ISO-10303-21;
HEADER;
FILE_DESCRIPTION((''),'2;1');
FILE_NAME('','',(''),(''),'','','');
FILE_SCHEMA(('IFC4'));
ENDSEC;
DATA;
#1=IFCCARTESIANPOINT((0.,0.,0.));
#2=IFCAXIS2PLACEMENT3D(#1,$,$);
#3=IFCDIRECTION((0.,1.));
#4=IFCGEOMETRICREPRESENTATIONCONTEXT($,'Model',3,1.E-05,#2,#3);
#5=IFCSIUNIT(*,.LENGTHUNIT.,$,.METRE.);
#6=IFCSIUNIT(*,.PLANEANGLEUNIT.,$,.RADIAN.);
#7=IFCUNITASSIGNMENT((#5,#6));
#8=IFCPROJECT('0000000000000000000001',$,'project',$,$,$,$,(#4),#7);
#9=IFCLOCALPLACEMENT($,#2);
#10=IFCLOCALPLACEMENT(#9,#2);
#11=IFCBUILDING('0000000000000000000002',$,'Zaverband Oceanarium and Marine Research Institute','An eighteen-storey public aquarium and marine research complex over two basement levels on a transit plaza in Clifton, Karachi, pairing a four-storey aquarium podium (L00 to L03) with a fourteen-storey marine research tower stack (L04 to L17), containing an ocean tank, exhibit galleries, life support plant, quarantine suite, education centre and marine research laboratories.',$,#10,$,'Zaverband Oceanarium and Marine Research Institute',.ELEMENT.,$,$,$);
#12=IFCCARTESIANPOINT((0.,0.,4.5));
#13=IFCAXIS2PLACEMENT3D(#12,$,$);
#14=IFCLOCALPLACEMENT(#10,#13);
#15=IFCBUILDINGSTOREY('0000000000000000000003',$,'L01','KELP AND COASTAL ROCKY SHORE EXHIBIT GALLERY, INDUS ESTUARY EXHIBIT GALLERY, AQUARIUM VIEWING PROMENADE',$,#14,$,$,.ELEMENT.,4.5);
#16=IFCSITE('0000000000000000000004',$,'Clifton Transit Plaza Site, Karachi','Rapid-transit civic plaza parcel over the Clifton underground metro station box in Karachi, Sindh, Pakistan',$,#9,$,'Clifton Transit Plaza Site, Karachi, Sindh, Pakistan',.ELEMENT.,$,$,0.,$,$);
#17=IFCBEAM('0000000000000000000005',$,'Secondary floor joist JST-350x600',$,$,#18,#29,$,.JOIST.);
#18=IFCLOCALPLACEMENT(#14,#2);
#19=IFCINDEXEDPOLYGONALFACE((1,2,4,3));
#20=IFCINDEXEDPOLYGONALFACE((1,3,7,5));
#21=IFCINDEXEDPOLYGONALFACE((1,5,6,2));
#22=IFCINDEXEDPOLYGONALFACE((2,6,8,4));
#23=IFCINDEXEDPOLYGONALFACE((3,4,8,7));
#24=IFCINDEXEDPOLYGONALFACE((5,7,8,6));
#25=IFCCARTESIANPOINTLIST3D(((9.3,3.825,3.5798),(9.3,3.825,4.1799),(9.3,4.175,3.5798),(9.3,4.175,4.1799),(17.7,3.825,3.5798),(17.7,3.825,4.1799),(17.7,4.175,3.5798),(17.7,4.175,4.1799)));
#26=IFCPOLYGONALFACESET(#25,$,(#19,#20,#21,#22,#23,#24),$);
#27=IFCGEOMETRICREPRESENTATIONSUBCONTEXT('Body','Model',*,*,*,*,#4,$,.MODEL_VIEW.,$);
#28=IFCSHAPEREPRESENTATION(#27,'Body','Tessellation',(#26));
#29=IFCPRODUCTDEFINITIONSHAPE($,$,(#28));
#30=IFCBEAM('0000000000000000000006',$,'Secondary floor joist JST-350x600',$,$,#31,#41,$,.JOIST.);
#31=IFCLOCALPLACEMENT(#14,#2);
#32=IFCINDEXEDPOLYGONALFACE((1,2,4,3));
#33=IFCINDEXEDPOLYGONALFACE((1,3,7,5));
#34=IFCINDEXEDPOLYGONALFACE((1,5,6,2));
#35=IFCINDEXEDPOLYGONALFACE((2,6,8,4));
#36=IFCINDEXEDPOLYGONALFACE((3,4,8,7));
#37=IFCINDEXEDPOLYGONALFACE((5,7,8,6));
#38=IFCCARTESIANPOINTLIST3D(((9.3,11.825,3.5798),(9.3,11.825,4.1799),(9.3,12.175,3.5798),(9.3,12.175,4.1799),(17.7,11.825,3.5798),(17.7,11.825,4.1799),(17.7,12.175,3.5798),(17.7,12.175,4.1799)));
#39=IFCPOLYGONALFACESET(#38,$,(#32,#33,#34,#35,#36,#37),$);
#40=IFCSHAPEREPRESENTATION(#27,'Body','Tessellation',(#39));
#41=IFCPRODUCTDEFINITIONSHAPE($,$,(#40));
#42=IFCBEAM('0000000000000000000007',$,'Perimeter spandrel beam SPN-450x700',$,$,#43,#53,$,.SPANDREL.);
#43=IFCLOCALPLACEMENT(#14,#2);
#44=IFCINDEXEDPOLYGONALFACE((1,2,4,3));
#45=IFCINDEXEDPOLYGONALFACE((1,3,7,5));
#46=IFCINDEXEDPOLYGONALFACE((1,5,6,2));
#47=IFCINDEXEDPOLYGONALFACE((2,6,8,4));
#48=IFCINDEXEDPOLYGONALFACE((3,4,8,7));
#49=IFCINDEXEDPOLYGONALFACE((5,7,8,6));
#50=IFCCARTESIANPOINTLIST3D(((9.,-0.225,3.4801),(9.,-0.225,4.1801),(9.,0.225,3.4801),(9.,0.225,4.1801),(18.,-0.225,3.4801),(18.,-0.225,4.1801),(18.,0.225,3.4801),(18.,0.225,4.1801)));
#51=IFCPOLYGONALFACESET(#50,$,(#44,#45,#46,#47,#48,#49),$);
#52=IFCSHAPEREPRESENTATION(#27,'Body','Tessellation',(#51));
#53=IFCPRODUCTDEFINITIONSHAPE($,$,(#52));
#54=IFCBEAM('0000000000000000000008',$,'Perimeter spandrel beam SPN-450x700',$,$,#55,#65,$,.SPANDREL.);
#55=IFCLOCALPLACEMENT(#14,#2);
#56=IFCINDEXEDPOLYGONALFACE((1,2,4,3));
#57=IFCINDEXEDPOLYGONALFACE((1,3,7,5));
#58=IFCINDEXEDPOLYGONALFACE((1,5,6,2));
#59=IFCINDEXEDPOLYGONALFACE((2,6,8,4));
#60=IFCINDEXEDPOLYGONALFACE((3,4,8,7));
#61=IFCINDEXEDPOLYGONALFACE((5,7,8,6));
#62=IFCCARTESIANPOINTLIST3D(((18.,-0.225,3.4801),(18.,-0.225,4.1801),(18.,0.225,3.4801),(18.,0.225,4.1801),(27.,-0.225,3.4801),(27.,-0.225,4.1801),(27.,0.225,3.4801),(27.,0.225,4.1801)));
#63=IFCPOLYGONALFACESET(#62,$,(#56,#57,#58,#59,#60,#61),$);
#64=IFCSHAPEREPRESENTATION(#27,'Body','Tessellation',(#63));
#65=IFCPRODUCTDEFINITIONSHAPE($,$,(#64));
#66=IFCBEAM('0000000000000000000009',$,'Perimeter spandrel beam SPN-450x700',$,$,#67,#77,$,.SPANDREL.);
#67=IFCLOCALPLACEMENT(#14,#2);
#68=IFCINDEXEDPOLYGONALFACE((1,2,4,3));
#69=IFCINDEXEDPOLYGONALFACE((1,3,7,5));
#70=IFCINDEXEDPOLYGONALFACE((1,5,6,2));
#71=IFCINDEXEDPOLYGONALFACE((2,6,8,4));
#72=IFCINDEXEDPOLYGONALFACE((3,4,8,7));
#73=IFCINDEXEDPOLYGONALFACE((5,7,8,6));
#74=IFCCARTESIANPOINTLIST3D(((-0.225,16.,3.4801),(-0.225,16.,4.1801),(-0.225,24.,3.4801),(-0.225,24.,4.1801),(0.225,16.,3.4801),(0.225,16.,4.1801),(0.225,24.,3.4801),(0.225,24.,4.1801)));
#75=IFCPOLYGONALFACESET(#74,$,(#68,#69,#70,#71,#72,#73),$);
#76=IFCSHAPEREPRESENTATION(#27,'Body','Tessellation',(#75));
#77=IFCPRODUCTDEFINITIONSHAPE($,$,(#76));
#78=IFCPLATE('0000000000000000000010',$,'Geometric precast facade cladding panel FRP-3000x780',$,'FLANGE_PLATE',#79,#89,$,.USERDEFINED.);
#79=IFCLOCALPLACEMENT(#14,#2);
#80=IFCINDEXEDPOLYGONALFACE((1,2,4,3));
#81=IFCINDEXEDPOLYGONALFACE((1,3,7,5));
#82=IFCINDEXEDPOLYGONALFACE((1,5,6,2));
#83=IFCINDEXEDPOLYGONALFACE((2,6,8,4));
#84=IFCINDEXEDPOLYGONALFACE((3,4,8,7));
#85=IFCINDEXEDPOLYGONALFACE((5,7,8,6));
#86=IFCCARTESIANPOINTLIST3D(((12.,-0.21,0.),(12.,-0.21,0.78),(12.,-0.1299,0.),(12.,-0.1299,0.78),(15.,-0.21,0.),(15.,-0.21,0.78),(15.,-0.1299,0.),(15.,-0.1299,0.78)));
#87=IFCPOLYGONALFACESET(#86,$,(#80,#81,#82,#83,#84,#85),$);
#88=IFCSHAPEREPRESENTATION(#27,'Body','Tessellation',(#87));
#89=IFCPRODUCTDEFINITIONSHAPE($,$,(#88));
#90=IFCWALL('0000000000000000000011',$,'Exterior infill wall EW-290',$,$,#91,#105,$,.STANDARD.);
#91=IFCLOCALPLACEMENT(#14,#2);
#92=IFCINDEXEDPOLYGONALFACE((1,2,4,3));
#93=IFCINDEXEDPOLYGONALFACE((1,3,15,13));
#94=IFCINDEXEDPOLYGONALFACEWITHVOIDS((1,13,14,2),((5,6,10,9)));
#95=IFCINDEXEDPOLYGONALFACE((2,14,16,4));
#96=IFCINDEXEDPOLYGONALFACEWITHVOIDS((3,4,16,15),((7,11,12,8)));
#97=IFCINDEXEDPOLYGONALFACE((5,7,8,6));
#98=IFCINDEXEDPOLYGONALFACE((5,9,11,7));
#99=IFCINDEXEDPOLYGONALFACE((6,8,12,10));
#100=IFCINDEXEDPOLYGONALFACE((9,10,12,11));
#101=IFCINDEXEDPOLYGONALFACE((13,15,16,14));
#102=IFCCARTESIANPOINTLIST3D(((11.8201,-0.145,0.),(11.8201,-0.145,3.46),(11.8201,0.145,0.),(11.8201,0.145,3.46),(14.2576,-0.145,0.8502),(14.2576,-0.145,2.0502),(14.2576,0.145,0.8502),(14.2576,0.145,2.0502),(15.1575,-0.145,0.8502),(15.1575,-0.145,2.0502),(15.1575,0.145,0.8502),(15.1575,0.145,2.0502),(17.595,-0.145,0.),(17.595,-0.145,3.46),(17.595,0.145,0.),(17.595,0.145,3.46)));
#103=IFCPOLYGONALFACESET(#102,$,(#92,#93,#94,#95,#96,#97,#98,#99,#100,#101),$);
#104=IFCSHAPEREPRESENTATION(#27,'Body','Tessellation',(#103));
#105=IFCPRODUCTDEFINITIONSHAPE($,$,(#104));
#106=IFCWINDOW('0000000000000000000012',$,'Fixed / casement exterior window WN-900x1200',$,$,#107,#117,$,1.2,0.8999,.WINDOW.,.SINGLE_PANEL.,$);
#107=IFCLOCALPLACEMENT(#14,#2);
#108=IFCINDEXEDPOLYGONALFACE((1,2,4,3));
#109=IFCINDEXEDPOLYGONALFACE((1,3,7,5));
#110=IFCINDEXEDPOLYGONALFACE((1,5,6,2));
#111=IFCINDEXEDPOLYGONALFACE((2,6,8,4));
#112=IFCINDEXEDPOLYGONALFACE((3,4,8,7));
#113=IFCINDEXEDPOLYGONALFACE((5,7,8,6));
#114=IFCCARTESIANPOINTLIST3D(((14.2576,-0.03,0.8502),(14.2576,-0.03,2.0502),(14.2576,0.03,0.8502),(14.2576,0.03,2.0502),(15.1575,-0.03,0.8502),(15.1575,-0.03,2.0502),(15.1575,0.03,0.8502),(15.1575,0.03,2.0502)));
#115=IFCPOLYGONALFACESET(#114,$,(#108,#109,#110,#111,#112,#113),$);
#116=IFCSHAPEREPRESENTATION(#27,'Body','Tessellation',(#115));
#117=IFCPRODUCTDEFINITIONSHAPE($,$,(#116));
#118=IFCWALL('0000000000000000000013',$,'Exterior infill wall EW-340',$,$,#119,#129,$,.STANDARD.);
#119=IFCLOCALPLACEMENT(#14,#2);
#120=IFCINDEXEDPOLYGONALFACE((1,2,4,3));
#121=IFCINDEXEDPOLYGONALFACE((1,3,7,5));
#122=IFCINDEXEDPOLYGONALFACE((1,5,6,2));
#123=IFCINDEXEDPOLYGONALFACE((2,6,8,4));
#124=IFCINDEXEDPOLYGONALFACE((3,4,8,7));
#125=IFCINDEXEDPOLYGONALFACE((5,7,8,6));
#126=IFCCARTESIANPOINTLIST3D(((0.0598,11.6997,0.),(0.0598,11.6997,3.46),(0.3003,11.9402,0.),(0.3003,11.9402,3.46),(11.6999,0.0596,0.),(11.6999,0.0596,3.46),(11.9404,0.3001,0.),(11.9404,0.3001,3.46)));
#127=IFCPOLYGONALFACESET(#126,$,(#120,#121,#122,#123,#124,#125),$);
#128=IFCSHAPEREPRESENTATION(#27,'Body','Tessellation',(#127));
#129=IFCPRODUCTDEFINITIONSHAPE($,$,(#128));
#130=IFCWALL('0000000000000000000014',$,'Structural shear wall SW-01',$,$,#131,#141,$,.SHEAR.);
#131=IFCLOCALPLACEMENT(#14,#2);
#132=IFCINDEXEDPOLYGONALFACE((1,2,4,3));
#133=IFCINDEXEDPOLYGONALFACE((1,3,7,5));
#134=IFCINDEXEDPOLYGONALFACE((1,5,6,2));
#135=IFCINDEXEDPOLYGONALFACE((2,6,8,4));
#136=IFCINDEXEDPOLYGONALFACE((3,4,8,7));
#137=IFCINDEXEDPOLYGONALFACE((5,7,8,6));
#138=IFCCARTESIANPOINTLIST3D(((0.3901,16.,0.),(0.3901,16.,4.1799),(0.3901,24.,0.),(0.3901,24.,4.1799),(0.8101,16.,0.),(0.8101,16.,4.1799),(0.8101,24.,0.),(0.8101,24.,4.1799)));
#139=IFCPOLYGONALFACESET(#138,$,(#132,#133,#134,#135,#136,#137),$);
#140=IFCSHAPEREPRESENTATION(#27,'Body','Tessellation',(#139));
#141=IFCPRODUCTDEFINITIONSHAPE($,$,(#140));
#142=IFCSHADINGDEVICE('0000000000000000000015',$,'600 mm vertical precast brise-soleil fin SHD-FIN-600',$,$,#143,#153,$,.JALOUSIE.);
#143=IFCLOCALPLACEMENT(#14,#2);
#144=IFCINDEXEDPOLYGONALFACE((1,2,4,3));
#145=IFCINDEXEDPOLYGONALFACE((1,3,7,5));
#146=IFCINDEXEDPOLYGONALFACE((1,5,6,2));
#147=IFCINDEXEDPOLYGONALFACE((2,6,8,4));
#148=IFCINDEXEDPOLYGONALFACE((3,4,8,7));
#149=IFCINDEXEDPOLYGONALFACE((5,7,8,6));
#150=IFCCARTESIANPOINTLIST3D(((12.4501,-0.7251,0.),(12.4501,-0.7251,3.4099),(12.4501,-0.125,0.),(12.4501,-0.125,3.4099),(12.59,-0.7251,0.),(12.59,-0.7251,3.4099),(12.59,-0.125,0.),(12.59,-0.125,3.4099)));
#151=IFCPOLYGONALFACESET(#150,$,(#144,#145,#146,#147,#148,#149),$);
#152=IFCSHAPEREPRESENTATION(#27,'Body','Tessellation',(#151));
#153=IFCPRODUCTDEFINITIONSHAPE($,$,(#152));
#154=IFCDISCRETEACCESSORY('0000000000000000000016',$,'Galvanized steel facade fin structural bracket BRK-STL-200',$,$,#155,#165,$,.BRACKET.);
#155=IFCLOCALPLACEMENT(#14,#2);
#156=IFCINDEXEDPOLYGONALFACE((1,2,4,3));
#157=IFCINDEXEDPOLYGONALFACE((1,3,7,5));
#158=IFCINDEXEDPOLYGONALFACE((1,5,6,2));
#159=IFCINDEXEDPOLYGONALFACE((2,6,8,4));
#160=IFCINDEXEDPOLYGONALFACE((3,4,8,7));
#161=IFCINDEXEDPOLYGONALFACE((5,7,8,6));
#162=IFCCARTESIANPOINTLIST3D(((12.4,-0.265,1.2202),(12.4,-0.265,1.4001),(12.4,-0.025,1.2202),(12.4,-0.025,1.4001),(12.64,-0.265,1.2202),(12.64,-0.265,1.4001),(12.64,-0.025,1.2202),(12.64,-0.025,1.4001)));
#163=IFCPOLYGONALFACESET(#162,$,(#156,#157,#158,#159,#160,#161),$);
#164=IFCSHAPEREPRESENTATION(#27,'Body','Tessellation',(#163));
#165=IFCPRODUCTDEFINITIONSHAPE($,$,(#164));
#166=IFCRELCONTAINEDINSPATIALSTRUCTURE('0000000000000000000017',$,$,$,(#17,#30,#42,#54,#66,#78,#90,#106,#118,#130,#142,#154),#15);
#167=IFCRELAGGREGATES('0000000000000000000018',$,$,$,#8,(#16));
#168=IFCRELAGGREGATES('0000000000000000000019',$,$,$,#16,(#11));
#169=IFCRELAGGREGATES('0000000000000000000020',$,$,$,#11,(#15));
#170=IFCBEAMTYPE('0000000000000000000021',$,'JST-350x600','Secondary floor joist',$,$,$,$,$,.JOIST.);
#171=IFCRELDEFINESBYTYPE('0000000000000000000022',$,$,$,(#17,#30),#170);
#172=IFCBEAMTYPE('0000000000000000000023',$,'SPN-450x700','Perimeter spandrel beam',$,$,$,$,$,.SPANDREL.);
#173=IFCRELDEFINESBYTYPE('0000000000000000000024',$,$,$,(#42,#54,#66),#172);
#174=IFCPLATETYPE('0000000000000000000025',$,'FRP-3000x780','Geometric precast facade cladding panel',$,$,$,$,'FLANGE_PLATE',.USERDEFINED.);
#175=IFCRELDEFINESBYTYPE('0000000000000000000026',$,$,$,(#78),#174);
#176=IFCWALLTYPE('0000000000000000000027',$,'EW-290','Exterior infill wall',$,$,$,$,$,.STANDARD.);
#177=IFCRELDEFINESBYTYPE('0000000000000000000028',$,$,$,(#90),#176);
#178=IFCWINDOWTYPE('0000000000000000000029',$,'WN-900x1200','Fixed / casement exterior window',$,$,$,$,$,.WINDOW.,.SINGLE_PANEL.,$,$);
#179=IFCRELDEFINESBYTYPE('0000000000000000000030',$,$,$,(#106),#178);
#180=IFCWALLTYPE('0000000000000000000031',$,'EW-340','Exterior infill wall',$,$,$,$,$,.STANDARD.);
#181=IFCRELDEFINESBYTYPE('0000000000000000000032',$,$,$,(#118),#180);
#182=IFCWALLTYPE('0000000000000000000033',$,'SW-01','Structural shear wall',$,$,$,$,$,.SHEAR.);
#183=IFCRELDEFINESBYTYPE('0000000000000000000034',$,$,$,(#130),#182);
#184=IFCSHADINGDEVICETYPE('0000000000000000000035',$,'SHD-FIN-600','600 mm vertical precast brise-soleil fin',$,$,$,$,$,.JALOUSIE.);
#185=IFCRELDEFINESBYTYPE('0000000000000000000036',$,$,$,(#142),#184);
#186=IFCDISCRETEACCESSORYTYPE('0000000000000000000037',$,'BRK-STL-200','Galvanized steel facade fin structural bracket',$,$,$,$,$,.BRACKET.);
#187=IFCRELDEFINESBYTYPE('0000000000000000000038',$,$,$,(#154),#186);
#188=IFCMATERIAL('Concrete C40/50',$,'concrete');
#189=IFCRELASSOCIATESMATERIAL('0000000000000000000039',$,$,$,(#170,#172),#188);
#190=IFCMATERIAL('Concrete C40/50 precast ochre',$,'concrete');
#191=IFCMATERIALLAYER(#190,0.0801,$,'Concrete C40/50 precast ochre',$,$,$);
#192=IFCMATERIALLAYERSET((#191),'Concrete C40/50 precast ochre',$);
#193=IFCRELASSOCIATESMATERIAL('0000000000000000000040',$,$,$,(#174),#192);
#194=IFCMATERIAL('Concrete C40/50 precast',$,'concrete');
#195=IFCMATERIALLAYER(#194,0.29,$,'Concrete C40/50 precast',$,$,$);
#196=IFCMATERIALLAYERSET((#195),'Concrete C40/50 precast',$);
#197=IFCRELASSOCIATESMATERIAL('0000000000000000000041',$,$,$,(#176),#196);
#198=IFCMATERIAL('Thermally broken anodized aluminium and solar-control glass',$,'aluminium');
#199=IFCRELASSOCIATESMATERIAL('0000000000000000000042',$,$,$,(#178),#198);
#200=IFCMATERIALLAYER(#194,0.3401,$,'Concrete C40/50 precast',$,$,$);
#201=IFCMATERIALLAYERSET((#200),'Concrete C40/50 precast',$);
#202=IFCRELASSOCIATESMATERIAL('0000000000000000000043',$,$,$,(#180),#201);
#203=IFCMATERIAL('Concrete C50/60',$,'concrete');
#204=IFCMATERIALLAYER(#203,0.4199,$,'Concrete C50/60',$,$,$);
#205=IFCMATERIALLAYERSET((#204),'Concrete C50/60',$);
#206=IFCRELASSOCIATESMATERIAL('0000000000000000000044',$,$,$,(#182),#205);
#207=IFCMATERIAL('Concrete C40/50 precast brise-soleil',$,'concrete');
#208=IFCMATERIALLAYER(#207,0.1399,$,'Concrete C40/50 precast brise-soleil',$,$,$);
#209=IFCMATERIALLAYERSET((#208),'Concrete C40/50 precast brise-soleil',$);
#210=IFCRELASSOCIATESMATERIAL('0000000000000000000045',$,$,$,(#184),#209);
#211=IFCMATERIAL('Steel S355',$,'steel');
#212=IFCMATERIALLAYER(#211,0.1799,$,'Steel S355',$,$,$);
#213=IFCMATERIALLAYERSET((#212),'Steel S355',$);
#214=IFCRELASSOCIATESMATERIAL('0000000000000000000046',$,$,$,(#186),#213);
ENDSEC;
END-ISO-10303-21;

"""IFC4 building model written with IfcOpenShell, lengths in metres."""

from ifc_helpers import new_model, si_unit, direction, frame, frame_2d, origin, origin_2d, place, context, subcontext, project, spatial, rectangle, extrude, material, layer, layer_set, material_profile, profile_set, type_object, element, fill, save


model = new_model("IFC4")

# Units and contexts
model_context = context("Model", 3, precision=1e-05, world=origin(), true_north=direction((0.0, 1.0)))
body_context = subcontext(model_context, "Body", "Model", "MODEL_VIEW")
ifc_project = project(units=[si_unit("LENGTHUNIT", "METRE"), si_unit("PLANEANGLEUNIT", "RADIAN")], contexts=[model_context])

# Site, building, storey
site_placement = place(None, origin())
site = spatial("IfcSite", under=ifc_project, at=site_placement, Name="Clifton Transit Plaza Site, Karachi", Description="Rapid-transit civic plaza parcel over the Clifton underground metro station box in Karachi, Sindh, Pakistan", LongName="Clifton Transit Plaza Site, Karachi, Sindh, Pakistan", CompositionType="ELEMENT", RefElevation=0.0)
building_placement = place(site_placement, origin())
building = spatial("IfcBuilding", under=site, at=building_placement, Name="Zaverband Oceanarium and Marine Research Institute", Description="An eighteen-storey public aquarium and marine research complex over two basement levels on a transit plaza in Clifton, Karachi, pairing a four-storey aquarium podium (L00 to L03) with a fourteen-storey marine research tower stack (L04 to L17), containing an ocean tank, exhibit galleries, life support plant, quarantine suite, education centre and marine research laboratories.", LongName="Zaverband Oceanarium and Marine Research Institute", CompositionType="ELEMENT")
storey_placement = place(building_placement, frame((0.0, 0.0, 4.5)))
storey = spatial("IfcBuildingStorey", under=building, at=storey_placement, Name="L01", Description="KELP AND COASTAL ROCKY SHORE EXHIBIT GALLERY, INDUS ESTUARY EXHIBIT GALLERY, AQUARIUM VIEWING PROMENADE", CompositionType="ELEMENT", Elevation=4.5)

# Shared definitions
ifc_material_1 = material(Name="Concrete C50/60", Category="concrete")

# Beams
ifc_material_2 = material(Name="Concrete C40/50", Category="concrete")
ifc_material_profile_1 = material_profile(ifc_material_2, rectangle(XDim=0.3501, YDim=0.6001, at=origin_2d()), Name="RC350x600")
ifc_profile_set_1 = profile_set([ifc_material_profile_1], Name="Concrete C40/50")
beam_type_1 = type_object("IfcBeamType", Name="JST-350x600", Description="Secondary floor joist", PredefinedType="JOIST", material=ifc_profile_set_1)
for number, where, z_axis, x_axis, name in (
    (1, (9.3, 4.0, 3.8799), (1.0, 0.0, 0.0), (0.0, 1.0, 0.0), "Secondary floor joist JST-350x600"),
    (2, (9.3, 12.0, 3.8799), (1.0, 0.0, 0.0), (0.0, 1.0, 0.0), "Secondary floor joist JST-350x600"),
):
    element("IfcBeam", number, at=place(storey_placement, frame(where, z_axis=z_axis, x_axis=x_axis)), inside=storey, type_object=beam_type_1, Name=name, PredefinedType="JOIST", context=body_context, shape_type="SweptSolid", body=[
        extrude(rectangle(XDim=0.3501, YDim=0.6001, at=origin_2d()), origin(), (0.0, 0.0, 1.0), 8.3999),
    ])
ifc_material_profile_2 = material_profile(ifc_material_2, rectangle(XDim=0.45, YDim=0.7, at=origin_2d()), Name="RC450x700")
ifc_profile_set_2 = profile_set([ifc_material_profile_2], Name="Concrete C40/50")
beam_type_2 = type_object("IfcBeamType", Name="SPN-450x700", Description="Perimeter spandrel beam", PredefinedType="SPANDREL", material=ifc_profile_set_2)
for number, where, z_axis, x_axis, name in (
    (3, (9.0, 0.0, 3.8301), (1.0, 0.0, 0.0), (0.0, 1.0, 0.0), "Perimeter spandrel beam SPN-450x700"),
    (4, (18.0, 0.0, 3.8301), (1.0, 0.0, 0.0), (0.0, 1.0, 0.0), "Perimeter spandrel beam SPN-450x700"),
):
    element("IfcBeam", number, at=place(storey_placement, frame(where, z_axis=z_axis, x_axis=x_axis)), inside=storey, type_object=beam_type_2, Name=name, PredefinedType="SPANDREL", context=body_context, shape_type="SweptSolid", body=[
        extrude(rectangle(XDim=0.45, YDim=0.7, at=origin_2d()), origin(), (0.0, 0.0, 1.0), 9.0),
    ])
beam_1_placement = place(storey_placement, frame((0.0, 16.0, 3.8301), z_axis=(0.0, 1.0, 0.0), x_axis=(-1.0, 0.0, 0.0)))
element("IfcBeam", 5, at=beam_1_placement, inside=storey, type_object=beam_type_2, Name="Perimeter spandrel beam SPN-450x700", PredefinedType="SPANDREL", context=body_context, shape_type="SweptSolid", body=[
    extrude(rectangle(XDim=0.45, YDim=0.7, at=origin_2d()), origin(), (0.0, 0.0, 1.0), 8.0),
])

# Plate
ifc_material_3 = material(Name="Concrete C40/50 precast ochre", Category="concrete")
ifc_layer_1 = layer(ifc_material_3, 0.0801, Name="Concrete C40/50 precast ochre")
ifc_layer_set_1 = layer_set([ifc_layer_1], Name="Concrete C40/50 precast ochre")
plate_type = type_object("IfcPlateType", Name="FRP-3000x780", Description="Geometric precast facade cladding panel", ElementType="FLANGE_PLATE", PredefinedType="USERDEFINED", material=ifc_layer_set_1)
plate_placement = place(storey_placement, frame((12.0, -0.1699, 0.0), z_axis=(0.0, 0.0, 1.0), x_axis=(1.0, 0.0, 0.0)))
element("IfcPlate", 6, at=plate_placement, inside=storey, type_object=plate_type, Name="Geometric precast facade cladding panel FRP-3000x780", ObjectType="FLANGE_PLATE", PredefinedType="USERDEFINED", context=body_context, shape_type="SweptSolid", body=[
    extrude(rectangle(XDim=3.0, YDim=0.0801, at=frame_2d((1.5, 0.0))), origin(), (0.0, 0.0, 1.0), 0.78),
])

# Wall, opening, window
ifc_material_4 = material(Name="Concrete C40/50 precast", Category="concrete")
ifc_layer_2 = layer(ifc_material_4, 0.29, Name="Concrete C40/50 precast")
ifc_layer_set_2 = layer_set([ifc_layer_2], Name="Concrete C40/50 precast")
wall_type_1 = type_object("IfcWallType", Name="EW-290", Description="Exterior infill wall", PredefinedType="STANDARD", material=ifc_layer_set_2)
wall_1_placement = place(storey_placement, frame((11.8201, 0.0, 0.0), z_axis=(0.0, 0.0, 1.0), x_axis=(1.0, 0.0, 0.0)))
wall_1 = element("IfcWall", 7, at=wall_1_placement, inside=storey, type_object=wall_type_1, Name="Exterior infill wall EW-290", PredefinedType="STANDARD", context=body_context, shape_type="SweptSolid", body=[
    extrude(rectangle(XDim=5.7749, YDim=0.29, at=frame_2d((2.8875, 0.0))), origin(), (0.0, 0.0, 1.0), 3.46),
])
opening_placement = place(wall_1_placement, frame((2.4375, 0.0, 0.8501)))
opening = element("IfcOpeningElement", 8, at=opening_placement, cuts=wall_1, PredefinedType="OPENING", context=body_context, shape_type="SweptSolid", body=[
    extrude(rectangle(XDim=0.8999, YDim=1.2, at=frame_2d((0.45, 0.6001))), frame((0.0, 0.157, 0.0), z_axis=(0.0, -1.0, 0.0), x_axis=(1.0, 0.0, 0.0)), (0.0, 0.0, 1.0), 0.314),
])
ifc_material_5 = material(Name="Thermally broken anodized aluminium and solar-control glass", Category="aluminium")
window_type = type_object("IfcWindowType", Name="WN-900x1200", Description="Fixed / casement exterior window", PartitioningType="SINGLE_PANEL", PredefinedType="WINDOW", material=ifc_material_5)
window_placement = place(opening_placement, origin())
window = element("IfcWindow", 9, at=window_placement, inside=storey, type_object=window_type, Name="Fixed / casement exterior window WN-900x1200", OverallHeight=1.2, OverallWidth=0.8999, PartitioningType="SINGLE_PANEL", PredefinedType="WINDOW", context=body_context, shape_type="SweptSolid", body=[
    extrude(rectangle(XDim=0.8999, YDim=1.2, at=frame_2d((0.45, 0.6001))), frame((0.0, 0.03, 0.0), z_axis=(0.0, -1.0, 0.0), x_axis=(1.0, 0.0, 0.0)), (0.0, 0.0, 1.0), 0.0601),
])
fill(opening, window)

# Walls
ifc_layer_3 = layer(ifc_material_4, 0.3401, Name="Concrete C40/50 precast")
ifc_layer_set_3 = layer_set([ifc_layer_3], Name="Concrete C40/50 precast")
wall_type_2 = type_object("IfcWallType", Name="EW-340", Description="Exterior infill wall", PredefinedType="STANDARD", material=ifc_layer_set_3)
wall_2_placement = place(storey_placement, frame((0.1799, 11.8201, 0.0), z_axis=(0.0, 0.0, 1.0), x_axis=(0.707107, -0.707107, 0.0)))
element("IfcWall", 10, at=wall_2_placement, inside=storey, type_object=wall_type_2, Name="Exterior infill wall EW-340", PredefinedType="STANDARD", context=body_context, shape_type="SweptSolid", body=[
    extrude(rectangle(XDim=16.4617, YDim=0.3401, at=frame_2d((8.231, 0.0))), origin(), (0.0, 0.0, 1.0), 3.46),
])
ifc_layer_4 = layer(ifc_material_1, 0.4199, Name="Concrete C50/60")
ifc_layer_set_4 = layer_set([ifc_layer_4], Name="Concrete C50/60")
wall_type_3 = type_object("IfcWallType", Name="SW-01", Description="Structural shear wall", PredefinedType="SHEAR", material=ifc_layer_set_4)
wall_3_placement = place(storey_placement, frame((0.6001, 16.0, 0.0), z_axis=(0.0, 0.0, 1.0), x_axis=(0.0, 1.0, 0.0)))
element("IfcWall", 11, at=wall_3_placement, inside=storey, type_object=wall_type_3, Name="Structural shear wall SW-01", PredefinedType="SHEAR", context=body_context, shape_type="SweptSolid", body=[
    extrude(rectangle(XDim=8.0, YDim=0.4199, at=frame_2d((4.0, 0.0))), origin(), (0.0, 0.0, 1.0), 4.1799),
])

# Shading device
ifc_material_6 = material(Name="Concrete C40/50 precast brise-soleil", Category="concrete")
ifc_layer_5 = layer(ifc_material_6, 0.1399, Name="Concrete C40/50 precast brise-soleil")
ifc_layer_set_5 = layer_set([ifc_layer_5], Name="Concrete C40/50 precast brise-soleil")
shading_device_type = type_object("IfcShadingDeviceType", Name="SHD-FIN-600", Description="600 mm vertical precast brise-soleil fin", PredefinedType="JALOUSIE", material=ifc_layer_set_5)
shading_device_placement = place(storey_placement, frame((12.52, -0.125, 0.0), z_axis=(0.0, 0.0, 1.0), x_axis=(0.0, -1.0, 0.0)))
element("IfcShadingDevice", 12, at=shading_device_placement, inside=storey, type_object=shading_device_type, Name="600 mm vertical precast brise-soleil fin SHD-FIN-600", PredefinedType="JALOUSIE", context=body_context, shape_type="SweptSolid", body=[
    extrude(rectangle(XDim=0.6001, YDim=0.1399, at=frame_2d((0.3, 0.0))), origin(), (0.0, 0.0, 1.0), 3.4099),
])

# Discrete accessory
ifc_material_7 = material(Name="Steel S355", Category="steel")
ifc_layer_6 = layer(ifc_material_7, 0.1799, Name="Steel S355")
ifc_layer_set_6 = layer_set([ifc_layer_6], Name="Steel S355")
discrete_accessory_type = type_object("IfcDiscreteAccessoryType", Name="BRK-STL-200", Description="Galvanized steel facade fin structural bracket", PredefinedType="BRACKET", material=ifc_layer_set_6)
discrete_accessory_placement = place(storey_placement, frame((12.52, -0.145, 1.2202), z_axis=(0.0, 0.0, 1.0), x_axis=(1.0, 0.0, 0.0)))
element("IfcDiscreteAccessory", 13, at=discrete_accessory_placement, inside=storey, type_object=discrete_accessory_type, Name="Galvanized steel facade fin structural bracket BRK-STL-200", PredefinedType="BRACKET", context=body_context, shape_type="SweptSolid", body=[
    extrude(rectangle(XDim=0.24, YDim=0.24, at=origin_2d()), origin(), (0.0, 0.0, 1.0), 0.1799),
])

save(model, "model.ifc")
